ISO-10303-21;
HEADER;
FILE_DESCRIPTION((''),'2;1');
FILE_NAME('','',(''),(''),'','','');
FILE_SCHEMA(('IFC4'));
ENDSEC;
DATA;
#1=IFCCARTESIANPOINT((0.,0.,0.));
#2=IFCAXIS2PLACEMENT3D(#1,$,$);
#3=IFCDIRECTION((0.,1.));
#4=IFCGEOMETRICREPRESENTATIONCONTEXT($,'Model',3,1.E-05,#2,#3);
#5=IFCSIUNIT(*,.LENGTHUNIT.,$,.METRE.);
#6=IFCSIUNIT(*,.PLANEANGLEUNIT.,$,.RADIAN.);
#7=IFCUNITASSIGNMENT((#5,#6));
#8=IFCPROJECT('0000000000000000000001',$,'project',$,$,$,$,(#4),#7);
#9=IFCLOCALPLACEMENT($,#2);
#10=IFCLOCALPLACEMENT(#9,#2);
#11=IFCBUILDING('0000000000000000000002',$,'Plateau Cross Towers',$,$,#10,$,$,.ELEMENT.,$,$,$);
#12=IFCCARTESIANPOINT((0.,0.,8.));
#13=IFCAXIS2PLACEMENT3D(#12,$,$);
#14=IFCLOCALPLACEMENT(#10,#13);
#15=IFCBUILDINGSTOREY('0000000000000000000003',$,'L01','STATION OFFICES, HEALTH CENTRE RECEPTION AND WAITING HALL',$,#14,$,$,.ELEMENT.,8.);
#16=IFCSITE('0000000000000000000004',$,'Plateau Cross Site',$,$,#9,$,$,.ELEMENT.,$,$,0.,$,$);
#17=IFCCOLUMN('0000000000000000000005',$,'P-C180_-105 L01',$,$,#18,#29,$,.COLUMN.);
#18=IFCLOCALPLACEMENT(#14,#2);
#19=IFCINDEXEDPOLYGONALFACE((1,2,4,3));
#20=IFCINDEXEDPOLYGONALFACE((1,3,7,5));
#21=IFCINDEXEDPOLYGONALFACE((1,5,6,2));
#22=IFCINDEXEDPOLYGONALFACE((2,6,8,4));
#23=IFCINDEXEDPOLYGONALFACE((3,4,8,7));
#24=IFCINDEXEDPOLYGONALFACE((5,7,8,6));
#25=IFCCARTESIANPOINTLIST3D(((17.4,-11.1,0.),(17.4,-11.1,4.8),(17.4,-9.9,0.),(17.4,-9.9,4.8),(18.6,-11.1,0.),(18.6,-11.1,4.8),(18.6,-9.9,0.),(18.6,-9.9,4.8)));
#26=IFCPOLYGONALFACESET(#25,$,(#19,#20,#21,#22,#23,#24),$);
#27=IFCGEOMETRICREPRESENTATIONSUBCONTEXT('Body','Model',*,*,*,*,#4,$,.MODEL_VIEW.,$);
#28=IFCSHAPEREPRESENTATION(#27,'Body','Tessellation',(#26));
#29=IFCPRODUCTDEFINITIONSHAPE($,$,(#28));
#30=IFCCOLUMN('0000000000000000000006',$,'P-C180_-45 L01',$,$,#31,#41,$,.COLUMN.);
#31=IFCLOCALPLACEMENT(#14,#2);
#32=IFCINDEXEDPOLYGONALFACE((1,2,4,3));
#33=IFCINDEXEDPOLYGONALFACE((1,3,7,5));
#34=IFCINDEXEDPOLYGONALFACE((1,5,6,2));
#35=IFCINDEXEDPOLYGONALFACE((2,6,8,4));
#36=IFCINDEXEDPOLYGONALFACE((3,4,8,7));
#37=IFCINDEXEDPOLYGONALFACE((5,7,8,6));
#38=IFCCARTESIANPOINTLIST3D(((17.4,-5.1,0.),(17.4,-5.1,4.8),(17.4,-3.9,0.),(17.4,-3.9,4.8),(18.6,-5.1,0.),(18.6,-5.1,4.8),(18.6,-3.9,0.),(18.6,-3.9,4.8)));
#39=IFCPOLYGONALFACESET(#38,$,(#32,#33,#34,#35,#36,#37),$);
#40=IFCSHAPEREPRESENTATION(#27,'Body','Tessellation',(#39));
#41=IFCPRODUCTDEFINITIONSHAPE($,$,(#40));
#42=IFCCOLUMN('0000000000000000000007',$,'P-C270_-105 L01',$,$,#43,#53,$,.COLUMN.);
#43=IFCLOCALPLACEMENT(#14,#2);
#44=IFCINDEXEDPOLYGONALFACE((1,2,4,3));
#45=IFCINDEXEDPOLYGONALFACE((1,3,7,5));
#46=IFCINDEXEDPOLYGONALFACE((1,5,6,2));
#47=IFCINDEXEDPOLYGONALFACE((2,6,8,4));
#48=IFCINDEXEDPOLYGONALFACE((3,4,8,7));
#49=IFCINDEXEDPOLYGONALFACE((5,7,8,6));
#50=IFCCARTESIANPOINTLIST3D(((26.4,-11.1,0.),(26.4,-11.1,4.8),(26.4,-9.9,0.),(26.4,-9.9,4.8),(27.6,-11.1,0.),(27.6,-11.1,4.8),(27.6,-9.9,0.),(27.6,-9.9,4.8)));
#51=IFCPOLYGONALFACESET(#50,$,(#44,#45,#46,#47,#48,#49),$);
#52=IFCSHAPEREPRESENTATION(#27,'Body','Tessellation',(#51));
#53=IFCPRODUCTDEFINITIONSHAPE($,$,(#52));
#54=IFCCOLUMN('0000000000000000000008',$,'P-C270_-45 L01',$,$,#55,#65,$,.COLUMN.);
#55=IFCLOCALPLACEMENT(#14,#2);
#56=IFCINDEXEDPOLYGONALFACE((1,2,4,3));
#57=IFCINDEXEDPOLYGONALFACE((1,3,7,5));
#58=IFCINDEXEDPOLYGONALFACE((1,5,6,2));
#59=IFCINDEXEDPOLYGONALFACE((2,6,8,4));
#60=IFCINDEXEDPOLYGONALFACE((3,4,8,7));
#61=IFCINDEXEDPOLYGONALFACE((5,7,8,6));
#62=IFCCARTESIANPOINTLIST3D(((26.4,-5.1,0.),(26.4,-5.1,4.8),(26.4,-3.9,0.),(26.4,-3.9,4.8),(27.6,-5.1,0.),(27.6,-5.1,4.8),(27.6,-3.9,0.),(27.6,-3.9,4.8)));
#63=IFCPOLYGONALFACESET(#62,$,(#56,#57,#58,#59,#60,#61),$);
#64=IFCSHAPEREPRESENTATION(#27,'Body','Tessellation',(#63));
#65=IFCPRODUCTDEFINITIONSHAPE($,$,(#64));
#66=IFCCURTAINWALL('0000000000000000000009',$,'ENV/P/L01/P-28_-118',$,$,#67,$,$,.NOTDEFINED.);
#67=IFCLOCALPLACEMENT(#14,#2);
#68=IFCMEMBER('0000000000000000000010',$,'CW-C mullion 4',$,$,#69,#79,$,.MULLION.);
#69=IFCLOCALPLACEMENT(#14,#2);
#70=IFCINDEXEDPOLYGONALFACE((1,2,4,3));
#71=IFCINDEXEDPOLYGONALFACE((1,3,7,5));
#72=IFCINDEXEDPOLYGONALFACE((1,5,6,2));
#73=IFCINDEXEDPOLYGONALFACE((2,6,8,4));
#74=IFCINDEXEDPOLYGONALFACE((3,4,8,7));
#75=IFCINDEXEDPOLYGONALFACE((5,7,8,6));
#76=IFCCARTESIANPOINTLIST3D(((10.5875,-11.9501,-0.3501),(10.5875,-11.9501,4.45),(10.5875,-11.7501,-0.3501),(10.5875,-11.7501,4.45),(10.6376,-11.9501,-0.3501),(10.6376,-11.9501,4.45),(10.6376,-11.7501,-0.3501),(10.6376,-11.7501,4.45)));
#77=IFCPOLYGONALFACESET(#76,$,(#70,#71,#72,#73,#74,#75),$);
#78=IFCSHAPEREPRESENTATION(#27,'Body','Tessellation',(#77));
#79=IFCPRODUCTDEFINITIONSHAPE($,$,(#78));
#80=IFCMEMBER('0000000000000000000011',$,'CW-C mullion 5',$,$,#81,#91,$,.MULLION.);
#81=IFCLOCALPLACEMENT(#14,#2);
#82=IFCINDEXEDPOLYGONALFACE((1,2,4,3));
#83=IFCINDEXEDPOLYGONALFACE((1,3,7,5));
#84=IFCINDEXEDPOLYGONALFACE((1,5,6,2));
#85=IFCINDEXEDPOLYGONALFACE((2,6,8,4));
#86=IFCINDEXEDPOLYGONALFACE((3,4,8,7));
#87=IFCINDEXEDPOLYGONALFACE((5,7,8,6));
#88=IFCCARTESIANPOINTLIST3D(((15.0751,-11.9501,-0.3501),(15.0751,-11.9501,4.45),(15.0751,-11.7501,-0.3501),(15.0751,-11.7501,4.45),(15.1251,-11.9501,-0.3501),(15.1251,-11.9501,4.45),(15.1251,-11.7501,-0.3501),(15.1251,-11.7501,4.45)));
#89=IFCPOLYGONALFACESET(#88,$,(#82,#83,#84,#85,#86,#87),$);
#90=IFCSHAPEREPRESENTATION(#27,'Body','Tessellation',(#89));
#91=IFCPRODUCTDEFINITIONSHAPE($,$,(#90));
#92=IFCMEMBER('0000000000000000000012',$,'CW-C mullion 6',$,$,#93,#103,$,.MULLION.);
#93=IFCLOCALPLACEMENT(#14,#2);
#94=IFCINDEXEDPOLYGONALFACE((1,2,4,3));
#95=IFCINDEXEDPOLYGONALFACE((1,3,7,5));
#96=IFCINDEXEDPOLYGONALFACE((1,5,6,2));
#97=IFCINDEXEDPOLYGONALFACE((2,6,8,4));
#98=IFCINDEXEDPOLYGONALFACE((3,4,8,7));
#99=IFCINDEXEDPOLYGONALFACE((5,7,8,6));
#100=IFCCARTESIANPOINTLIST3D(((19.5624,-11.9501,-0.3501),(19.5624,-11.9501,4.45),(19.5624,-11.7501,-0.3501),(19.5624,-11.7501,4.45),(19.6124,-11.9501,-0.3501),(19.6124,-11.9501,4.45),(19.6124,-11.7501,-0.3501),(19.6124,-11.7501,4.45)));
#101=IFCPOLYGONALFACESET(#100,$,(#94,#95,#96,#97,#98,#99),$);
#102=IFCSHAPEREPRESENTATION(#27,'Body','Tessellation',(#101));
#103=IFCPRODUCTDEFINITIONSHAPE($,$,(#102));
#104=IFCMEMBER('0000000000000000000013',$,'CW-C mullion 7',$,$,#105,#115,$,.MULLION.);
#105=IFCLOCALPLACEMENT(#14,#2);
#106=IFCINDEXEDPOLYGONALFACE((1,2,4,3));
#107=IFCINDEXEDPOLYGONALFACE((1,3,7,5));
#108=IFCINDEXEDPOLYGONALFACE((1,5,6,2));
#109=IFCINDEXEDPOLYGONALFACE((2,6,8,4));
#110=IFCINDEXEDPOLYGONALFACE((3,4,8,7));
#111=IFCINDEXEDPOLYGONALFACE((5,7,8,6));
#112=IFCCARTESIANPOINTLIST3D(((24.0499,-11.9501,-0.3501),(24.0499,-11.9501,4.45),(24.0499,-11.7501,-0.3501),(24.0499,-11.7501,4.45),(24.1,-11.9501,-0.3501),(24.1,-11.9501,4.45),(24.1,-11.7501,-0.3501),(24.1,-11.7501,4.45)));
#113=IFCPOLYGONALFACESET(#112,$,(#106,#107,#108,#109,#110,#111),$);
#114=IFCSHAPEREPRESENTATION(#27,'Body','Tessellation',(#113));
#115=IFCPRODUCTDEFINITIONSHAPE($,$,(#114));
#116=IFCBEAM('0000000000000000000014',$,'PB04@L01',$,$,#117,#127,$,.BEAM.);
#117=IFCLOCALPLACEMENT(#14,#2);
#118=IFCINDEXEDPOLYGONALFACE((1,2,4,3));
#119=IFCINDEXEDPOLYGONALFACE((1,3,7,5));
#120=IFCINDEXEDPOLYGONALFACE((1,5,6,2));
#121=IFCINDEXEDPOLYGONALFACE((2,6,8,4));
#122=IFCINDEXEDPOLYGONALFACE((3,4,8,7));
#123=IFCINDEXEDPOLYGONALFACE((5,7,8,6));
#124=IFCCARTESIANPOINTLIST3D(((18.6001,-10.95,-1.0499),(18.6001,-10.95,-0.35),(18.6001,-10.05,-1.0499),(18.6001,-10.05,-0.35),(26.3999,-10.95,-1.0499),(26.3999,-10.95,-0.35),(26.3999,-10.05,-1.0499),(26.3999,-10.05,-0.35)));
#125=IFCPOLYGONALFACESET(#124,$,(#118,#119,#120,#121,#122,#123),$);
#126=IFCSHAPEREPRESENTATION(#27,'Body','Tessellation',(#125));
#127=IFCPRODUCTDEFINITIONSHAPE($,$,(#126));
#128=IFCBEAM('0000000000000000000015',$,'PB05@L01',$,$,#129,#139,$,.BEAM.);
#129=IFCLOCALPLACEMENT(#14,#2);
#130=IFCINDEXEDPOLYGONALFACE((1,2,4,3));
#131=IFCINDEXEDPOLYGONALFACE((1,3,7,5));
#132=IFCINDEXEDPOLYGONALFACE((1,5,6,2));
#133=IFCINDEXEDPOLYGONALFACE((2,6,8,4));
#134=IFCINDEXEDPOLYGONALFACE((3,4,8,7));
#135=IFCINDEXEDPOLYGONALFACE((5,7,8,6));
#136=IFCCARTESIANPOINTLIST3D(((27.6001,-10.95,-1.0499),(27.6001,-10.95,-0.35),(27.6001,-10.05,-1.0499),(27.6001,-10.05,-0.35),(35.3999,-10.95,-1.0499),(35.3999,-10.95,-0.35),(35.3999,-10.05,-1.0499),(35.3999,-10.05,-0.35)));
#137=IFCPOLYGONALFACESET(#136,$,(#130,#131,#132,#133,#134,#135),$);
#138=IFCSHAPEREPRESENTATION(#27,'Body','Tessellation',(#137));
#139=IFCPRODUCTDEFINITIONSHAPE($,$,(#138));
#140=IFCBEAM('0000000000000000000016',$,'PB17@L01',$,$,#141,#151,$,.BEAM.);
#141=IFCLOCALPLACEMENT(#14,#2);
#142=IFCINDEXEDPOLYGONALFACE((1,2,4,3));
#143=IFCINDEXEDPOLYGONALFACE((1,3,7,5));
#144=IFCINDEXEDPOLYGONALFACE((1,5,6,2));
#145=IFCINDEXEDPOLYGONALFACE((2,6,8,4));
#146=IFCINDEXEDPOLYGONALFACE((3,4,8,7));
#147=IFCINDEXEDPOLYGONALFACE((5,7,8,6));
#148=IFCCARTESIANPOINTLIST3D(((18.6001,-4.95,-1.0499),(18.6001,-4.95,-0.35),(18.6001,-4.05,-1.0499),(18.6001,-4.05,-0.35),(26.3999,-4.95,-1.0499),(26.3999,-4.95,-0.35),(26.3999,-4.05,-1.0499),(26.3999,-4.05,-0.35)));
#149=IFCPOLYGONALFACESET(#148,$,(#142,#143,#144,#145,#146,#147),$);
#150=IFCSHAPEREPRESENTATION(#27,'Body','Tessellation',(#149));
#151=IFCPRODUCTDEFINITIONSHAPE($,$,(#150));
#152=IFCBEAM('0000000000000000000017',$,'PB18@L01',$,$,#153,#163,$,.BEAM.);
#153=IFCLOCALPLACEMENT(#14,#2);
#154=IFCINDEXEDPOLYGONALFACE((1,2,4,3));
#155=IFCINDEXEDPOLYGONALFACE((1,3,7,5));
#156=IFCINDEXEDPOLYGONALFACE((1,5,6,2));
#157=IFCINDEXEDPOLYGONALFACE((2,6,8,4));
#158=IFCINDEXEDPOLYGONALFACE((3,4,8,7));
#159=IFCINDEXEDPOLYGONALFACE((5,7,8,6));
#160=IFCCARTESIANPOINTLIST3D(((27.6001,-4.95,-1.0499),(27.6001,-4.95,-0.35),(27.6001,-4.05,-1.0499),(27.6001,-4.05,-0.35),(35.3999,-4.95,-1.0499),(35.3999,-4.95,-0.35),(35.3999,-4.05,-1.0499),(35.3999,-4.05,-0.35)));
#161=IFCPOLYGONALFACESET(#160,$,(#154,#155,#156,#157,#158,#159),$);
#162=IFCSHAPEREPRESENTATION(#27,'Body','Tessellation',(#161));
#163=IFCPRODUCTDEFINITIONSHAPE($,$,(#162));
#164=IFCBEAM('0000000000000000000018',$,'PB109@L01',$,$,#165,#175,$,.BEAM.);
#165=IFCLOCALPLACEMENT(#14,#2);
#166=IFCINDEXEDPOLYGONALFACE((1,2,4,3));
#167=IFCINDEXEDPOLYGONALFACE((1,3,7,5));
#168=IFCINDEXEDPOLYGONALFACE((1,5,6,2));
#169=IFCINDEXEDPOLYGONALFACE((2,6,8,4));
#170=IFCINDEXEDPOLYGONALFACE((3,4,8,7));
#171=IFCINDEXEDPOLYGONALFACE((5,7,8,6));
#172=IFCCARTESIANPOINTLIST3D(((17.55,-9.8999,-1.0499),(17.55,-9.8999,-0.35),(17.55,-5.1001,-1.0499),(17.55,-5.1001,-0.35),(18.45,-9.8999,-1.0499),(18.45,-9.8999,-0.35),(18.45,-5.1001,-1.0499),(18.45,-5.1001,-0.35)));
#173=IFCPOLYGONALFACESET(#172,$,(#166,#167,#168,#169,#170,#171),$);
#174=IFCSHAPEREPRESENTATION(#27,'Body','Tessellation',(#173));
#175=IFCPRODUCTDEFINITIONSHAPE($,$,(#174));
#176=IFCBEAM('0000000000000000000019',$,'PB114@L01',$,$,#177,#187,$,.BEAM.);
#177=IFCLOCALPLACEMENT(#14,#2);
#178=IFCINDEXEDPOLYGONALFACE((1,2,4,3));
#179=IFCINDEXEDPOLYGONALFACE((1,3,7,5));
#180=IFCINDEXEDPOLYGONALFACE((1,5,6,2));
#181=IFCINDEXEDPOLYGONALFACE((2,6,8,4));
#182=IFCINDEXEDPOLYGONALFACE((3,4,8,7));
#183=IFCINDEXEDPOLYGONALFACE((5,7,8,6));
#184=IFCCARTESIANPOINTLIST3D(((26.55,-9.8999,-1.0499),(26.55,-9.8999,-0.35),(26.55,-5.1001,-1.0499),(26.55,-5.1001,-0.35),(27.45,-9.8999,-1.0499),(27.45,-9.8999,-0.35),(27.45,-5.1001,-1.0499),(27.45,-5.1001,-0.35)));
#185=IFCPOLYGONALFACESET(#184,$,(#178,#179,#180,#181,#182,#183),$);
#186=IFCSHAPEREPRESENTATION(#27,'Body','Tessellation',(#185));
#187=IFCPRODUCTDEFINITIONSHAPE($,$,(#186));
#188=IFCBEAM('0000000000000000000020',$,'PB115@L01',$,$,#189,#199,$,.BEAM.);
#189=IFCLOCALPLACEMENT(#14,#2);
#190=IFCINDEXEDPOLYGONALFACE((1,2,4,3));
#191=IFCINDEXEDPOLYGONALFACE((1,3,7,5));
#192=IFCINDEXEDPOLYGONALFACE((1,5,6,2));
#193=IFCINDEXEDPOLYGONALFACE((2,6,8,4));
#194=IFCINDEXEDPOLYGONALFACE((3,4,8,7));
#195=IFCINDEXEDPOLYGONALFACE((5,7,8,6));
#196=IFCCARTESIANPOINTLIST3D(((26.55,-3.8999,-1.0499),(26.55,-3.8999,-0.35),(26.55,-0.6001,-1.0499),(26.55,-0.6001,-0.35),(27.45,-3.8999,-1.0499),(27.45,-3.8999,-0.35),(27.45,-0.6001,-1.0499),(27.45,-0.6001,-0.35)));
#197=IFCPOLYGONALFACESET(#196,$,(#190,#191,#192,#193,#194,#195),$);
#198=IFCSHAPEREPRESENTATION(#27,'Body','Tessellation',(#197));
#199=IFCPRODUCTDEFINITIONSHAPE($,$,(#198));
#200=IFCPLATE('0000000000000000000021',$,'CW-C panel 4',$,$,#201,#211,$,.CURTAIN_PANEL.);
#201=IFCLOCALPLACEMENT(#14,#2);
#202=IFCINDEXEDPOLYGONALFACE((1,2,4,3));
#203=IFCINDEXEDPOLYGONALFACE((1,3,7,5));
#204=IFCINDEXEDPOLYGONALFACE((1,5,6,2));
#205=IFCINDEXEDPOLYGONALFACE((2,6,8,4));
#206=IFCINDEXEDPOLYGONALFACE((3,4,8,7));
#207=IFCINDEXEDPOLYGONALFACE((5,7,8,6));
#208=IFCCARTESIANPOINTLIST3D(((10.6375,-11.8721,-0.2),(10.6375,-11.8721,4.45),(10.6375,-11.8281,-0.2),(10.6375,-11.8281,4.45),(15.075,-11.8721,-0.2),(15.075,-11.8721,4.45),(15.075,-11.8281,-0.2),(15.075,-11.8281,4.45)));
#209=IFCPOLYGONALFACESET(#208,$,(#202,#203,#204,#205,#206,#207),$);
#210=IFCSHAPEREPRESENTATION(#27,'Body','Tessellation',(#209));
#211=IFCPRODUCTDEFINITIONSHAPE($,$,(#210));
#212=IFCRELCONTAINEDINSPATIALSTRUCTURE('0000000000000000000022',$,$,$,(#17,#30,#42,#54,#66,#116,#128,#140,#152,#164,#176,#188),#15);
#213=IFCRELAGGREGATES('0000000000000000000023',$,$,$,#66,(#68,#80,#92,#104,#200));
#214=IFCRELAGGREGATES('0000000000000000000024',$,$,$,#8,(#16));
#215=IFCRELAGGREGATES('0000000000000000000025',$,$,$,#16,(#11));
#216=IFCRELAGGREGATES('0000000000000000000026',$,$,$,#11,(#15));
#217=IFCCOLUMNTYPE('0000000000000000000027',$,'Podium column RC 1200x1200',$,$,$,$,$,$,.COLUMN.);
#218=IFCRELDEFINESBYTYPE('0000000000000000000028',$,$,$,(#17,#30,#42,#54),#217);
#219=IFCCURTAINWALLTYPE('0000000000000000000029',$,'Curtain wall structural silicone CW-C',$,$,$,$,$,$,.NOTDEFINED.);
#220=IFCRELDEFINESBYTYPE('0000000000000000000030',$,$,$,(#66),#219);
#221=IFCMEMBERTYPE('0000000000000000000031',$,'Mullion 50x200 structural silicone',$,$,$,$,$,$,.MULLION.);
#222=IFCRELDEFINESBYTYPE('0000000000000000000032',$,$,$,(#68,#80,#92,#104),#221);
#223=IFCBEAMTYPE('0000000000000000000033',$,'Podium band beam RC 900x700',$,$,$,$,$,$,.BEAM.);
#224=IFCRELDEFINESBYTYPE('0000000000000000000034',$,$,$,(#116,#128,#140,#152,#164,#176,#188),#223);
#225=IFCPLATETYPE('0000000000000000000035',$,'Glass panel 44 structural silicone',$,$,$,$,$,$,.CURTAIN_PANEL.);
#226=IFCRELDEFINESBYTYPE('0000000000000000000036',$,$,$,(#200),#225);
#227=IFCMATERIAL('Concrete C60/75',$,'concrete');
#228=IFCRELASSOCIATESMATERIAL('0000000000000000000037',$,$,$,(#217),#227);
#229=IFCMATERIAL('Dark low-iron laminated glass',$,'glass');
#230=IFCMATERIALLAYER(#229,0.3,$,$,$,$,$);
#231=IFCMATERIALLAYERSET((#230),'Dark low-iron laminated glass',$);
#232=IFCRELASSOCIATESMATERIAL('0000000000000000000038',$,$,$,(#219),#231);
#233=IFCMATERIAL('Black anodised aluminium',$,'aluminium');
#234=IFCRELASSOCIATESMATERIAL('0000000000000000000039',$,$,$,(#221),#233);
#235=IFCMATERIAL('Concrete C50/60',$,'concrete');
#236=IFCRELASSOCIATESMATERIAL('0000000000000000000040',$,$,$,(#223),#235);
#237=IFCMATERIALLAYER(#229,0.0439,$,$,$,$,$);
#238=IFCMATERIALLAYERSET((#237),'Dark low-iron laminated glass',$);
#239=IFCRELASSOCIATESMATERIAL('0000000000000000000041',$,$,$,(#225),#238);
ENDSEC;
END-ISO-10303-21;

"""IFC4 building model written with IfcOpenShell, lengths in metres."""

from ifc_helpers import new_model, si_unit, direction, frame, origin, origin_2d, place, context, subcontext, project, spatial, rectangle, extrude, material, layer, layer_set, material_profile, profile_set, type_object, element, aggregate, save


model = new_model("IFC4")

# Units and contexts
model_context = context("Model", 3, precision=1e-05, world=origin(), true_north=direction((0.0, 1.0)))
body_context = subcontext(model_context, "Body", "Model", "MODEL_VIEW")
ifc_project = project(units=[si_unit("LENGTHUNIT", "METRE"), si_unit("PLANEANGLEUNIT", "RADIAN")], contexts=[model_context])

# Site, building, storey
site_placement = place(None, origin())
site = spatial("IfcSite", under=ifc_project, at=site_placement, Name="Plateau Cross Site", CompositionType="ELEMENT", RefElevation=0.0)
building_placement = place(site_placement, origin())
building = spatial("IfcBuilding", under=site, at=building_placement, Name="Plateau Cross Towers", CompositionType="ELEMENT")
storey_placement = place(building_placement, frame((0.0, 0.0, 8.0)))
storey = spatial("IfcBuildingStorey", under=building, at=storey_placement, Name="L01", Description="STATION OFFICES, HEALTH CENTRE RECEPTION AND WAITING HALL", CompositionType="ELEMENT", Elevation=8.0)

# Columns
ifc_material_1 = material(Name="Concrete C60/75", Category="concrete")
ifc_material_profile_1 = material_profile(ifc_material_1, rectangle(XDim=1.2, YDim=1.2, at=origin_2d()), Name="RC 1200x1200")
ifc_profile_set_1 = profile_set([ifc_material_profile_1], Name="Concrete C60/75")
column_type = type_object("IfcColumnType", Name="Podium column RC 1200x1200", PredefinedType="COLUMN", material=ifc_profile_set_1)
for number, where, z_axis, x_axis, name in (
    (1, (18.0, -10.5, 0.0), (0.0, 0.0, 1.0), (1.0, 0.0, 0.0), "P-C180_-105 L01"),
    (2, (18.0, -4.5, 0.0), (0.0, 0.0, 1.0), (1.0, 0.0, 0.0), "P-C180_-45 L01"),
    (3, (27.0, -10.5, 0.0), (0.0, 0.0, 1.0), (1.0, 0.0, 0.0), "P-C270_-105 L01"),
    (4, (27.0, -4.5, 0.0), (0.0, 0.0, 1.0), (1.0, 0.0, 0.0), "P-C270_-45 L01"),
):
    element("IfcColumn", number, at=place(storey_placement, frame(where, z_axis=z_axis, x_axis=x_axis)), inside=storey, type_object=column_type, Name=name, PredefinedType="COLUMN", context=body_context, shape_type="SweptSolid", body=[
        extrude(rectangle(XDim=1.2, YDim=1.2, at=origin_2d()), origin(), (0.0, 0.0, 1.0), 4.8),
    ])

# Curtain wall, members
ifc_material_2 = material(Name="Dark low-iron laminated glass", Category="glass")
ifc_layer_1 = layer(ifc_material_2, 0.3)
ifc_layer_set_1 = layer_set([ifc_layer_1], Name="Dark low-iron laminated glass")
curtain_wall_type = type_object("IfcCurtainWallType", Name="Curtain wall structural silicone CW-C", PredefinedType="NOTDEFINED", material=ifc_layer_set_1)
curtain_wall_placement = place(storey_placement, origin())
curtain_wall = element("IfcCurtainWall", 5, at=curtain_wall_placement, inside=storey, type_object=curtain_wall_type, Name="ENV/P/L01/P-28_-118", PredefinedType="NOTDEFINED")
ifc_material_3 = material(Name="Black anodised aluminium", Category="aluminium")
ifc_material_profile_2 = material_profile(ifc_material_3, rectangle(XDim=0.05, YDim=0.2, at=origin_2d()), Name="MULLION 50x200")
ifc_profile_set_2 = profile_set([ifc_material_profile_2], Name="Black anodised aluminium")
member_type = type_object("IfcMemberType", Name="Mullion 50x200 structural silicone", PredefinedType="MULLION", material=ifc_profile_set_2)
member_1_placement = place(storey_placement, frame((10.6125, -11.8501, -0.3501), z_axis=(0.0, 0.0, 1.0), x_axis=(1.0, 0.0, 0.0)))
member_1 = element("IfcMember", 6, at=member_1_placement, type_object=member_type, Name="CW-C mullion 4", PredefinedType="MULLION", context=body_context, shape_type="SweptSolid", body=[
    extrude(rectangle(XDim=0.05, YDim=0.2, at=origin_2d()), origin(), (0.0, 0.0, 1.0), 4.8),
])
member_2_placement = place(storey_placement, frame((15.1001, -11.8501, -0.3501), z_axis=(0.0, 0.0, 1.0), x_axis=(1.0, 0.0, 0.0)))
member_2 = element("IfcMember", 7, at=member_2_placement, type_object=member_type, Name="CW-C mullion 5", PredefinedType="MULLION", context=body_context, shape_type="SweptSolid", body=[
    extrude(rectangle(XDim=0.05, YDim=0.2, at=origin_2d()), origin(), (0.0, 0.0, 1.0), 4.8),
])
member_3_placement = place(storey_placement, frame((19.5874, -11.8501, -0.3501), z_axis=(0.0, 0.0, 1.0), x_axis=(1.0, 0.0, 0.0)))
member_3 = element("IfcMember", 8, at=member_3_placement, type_object=member_type, Name="CW-C mullion 6", PredefinedType="MULLION", context=body_context, shape_type="SweptSolid", body=[
    extrude(rectangle(XDim=0.05, YDim=0.2, at=origin_2d()), origin(), (0.0, 0.0, 1.0), 4.8),
])
member_4_placement = place(storey_placement, frame((24.075, -11.8501, -0.3501), z_axis=(0.0, 0.0, 1.0), x_axis=(1.0, 0.0, 0.0)))
member_4 = element("IfcMember", 9, at=member_4_placement, type_object=member_type, Name="CW-C mullion 7", PredefinedType="MULLION", context=body_context, shape_type="SweptSolid", body=[
    extrude(rectangle(XDim=0.05, YDim=0.2, at=origin_2d()), origin(), (0.0, 0.0, 1.0), 4.8),
])

# Beams
ifc_material_4 = material(Name="Concrete C50/60", Category="concrete")
ifc_material_profile_3 = material_profile(ifc_material_4, rectangle(XDim=0.8999, YDim=0.7, at=origin_2d()), Name="RC 900x700")
ifc_profile_set_3 = profile_set([ifc_material_profile_3], Name="Concrete C50/60")
beam_type = type_object("IfcBeamType", Name="Podium band beam RC 900x700", PredefinedType="BEAM", material=ifc_profile_set_3)
for number, where, z_axis, x_axis, name in (
    (10, (18.6001, -10.5, -0.7), (1.0, 0.0, 0.0), (0.0, 1.0, 0.0), "PB04@L01"),
    (11, (27.6001, -10.5, -0.7), (1.0, 0.0, 0.0), (0.0, 1.0, 0.0), "PB05@L01"),
    (12, (18.6001, -4.5, -0.7), (1.0, 0.0, 0.0), (0.0, 1.0, 0.0), "PB17@L01"),
    (13, (27.6001, -4.5, -0.7), (1.0, 0.0, 0.0), (0.0, 1.0, 0.0), "PB18@L01"),
):
    element("IfcBeam", number, at=place(storey_placement, frame(where, z_axis=z_axis, x_axis=x_axis)), inside=storey, type_object=beam_type, Name=name, PredefinedType="BEAM", context=body_context, shape_type="SweptSolid", body=[
        extrude(rectangle(XDim=0.8999, YDim=0.7, at=origin_2d()), origin(), (0.0, 0.0, 1.0), 7.7998),
    ])
for number, where, z_axis, x_axis, name in (
    (14, (18.0, -9.8999, -0.7), (0.0, 1.0, 0.0), (-1.0, 0.0, 0.0), "PB109@L01"),
    (15, (27.0, -9.8999, -0.7), (0.0, 1.0, 0.0), (-1.0, 0.0, 0.0), "PB114@L01"),
):
    element("IfcBeam", number, at=place(storey_placement, frame(where, z_axis=z_axis, x_axis=x_axis)), inside=storey, type_object=beam_type, Name=name, PredefinedType="BEAM", context=body_context, shape_type="SweptSolid", body=[
        extrude(rectangle(XDim=0.8999, YDim=0.7, at=origin_2d()), origin(), (0.0, 0.0, 1.0), 4.7998),
    ])
beam_placement = place(storey_placement, frame((27.0, -3.8999, -0.7), z_axis=(0.0, 1.0, 0.0), x_axis=(-1.0, 0.0, 0.0)))
element("IfcBeam", 16, at=beam_placement, inside=storey, type_object=beam_type, Name="PB115@L01", PredefinedType="BEAM", context=body_context, shape_type="SweptSolid", body=[
    extrude(rectangle(XDim=0.8999, YDim=0.7, at=origin_2d()), origin(), (0.0, 0.0, 1.0), 3.2998),
])

# Plate
ifc_layer_2 = layer(ifc_material_2, 0.0439)
ifc_layer_set_2 = layer_set([ifc_layer_2], Name="Dark low-iron laminated glass")
plate_type = type_object("IfcPlateType", Name="Glass panel 44 structural silicone", PredefinedType="CURTAIN_PANEL", material=ifc_layer_set_2)
plate_1_placement = place(storey_placement, frame((12.8562, -11.8501, -0.2), z_axis=(0.0, 0.0, 1.0), x_axis=(1.0, 0.0, 0.0)))
plate_1 = element("IfcPlate", 17, at=plate_1_placement, type_object=plate_type, Name="CW-C panel 4", PredefinedType="CURTAIN_PANEL", context=body_context, shape_type="SweptSolid", body=[
    extrude(rectangle(XDim=4.4375, YDim=0.0439, at=origin_2d()), origin(), (0.0, 0.0, 1.0), 4.6499),
])
aggregate(curtain_wall, [member_1, member_2, member_3, member_4, plate_1])

save(model, "model.ifc")
